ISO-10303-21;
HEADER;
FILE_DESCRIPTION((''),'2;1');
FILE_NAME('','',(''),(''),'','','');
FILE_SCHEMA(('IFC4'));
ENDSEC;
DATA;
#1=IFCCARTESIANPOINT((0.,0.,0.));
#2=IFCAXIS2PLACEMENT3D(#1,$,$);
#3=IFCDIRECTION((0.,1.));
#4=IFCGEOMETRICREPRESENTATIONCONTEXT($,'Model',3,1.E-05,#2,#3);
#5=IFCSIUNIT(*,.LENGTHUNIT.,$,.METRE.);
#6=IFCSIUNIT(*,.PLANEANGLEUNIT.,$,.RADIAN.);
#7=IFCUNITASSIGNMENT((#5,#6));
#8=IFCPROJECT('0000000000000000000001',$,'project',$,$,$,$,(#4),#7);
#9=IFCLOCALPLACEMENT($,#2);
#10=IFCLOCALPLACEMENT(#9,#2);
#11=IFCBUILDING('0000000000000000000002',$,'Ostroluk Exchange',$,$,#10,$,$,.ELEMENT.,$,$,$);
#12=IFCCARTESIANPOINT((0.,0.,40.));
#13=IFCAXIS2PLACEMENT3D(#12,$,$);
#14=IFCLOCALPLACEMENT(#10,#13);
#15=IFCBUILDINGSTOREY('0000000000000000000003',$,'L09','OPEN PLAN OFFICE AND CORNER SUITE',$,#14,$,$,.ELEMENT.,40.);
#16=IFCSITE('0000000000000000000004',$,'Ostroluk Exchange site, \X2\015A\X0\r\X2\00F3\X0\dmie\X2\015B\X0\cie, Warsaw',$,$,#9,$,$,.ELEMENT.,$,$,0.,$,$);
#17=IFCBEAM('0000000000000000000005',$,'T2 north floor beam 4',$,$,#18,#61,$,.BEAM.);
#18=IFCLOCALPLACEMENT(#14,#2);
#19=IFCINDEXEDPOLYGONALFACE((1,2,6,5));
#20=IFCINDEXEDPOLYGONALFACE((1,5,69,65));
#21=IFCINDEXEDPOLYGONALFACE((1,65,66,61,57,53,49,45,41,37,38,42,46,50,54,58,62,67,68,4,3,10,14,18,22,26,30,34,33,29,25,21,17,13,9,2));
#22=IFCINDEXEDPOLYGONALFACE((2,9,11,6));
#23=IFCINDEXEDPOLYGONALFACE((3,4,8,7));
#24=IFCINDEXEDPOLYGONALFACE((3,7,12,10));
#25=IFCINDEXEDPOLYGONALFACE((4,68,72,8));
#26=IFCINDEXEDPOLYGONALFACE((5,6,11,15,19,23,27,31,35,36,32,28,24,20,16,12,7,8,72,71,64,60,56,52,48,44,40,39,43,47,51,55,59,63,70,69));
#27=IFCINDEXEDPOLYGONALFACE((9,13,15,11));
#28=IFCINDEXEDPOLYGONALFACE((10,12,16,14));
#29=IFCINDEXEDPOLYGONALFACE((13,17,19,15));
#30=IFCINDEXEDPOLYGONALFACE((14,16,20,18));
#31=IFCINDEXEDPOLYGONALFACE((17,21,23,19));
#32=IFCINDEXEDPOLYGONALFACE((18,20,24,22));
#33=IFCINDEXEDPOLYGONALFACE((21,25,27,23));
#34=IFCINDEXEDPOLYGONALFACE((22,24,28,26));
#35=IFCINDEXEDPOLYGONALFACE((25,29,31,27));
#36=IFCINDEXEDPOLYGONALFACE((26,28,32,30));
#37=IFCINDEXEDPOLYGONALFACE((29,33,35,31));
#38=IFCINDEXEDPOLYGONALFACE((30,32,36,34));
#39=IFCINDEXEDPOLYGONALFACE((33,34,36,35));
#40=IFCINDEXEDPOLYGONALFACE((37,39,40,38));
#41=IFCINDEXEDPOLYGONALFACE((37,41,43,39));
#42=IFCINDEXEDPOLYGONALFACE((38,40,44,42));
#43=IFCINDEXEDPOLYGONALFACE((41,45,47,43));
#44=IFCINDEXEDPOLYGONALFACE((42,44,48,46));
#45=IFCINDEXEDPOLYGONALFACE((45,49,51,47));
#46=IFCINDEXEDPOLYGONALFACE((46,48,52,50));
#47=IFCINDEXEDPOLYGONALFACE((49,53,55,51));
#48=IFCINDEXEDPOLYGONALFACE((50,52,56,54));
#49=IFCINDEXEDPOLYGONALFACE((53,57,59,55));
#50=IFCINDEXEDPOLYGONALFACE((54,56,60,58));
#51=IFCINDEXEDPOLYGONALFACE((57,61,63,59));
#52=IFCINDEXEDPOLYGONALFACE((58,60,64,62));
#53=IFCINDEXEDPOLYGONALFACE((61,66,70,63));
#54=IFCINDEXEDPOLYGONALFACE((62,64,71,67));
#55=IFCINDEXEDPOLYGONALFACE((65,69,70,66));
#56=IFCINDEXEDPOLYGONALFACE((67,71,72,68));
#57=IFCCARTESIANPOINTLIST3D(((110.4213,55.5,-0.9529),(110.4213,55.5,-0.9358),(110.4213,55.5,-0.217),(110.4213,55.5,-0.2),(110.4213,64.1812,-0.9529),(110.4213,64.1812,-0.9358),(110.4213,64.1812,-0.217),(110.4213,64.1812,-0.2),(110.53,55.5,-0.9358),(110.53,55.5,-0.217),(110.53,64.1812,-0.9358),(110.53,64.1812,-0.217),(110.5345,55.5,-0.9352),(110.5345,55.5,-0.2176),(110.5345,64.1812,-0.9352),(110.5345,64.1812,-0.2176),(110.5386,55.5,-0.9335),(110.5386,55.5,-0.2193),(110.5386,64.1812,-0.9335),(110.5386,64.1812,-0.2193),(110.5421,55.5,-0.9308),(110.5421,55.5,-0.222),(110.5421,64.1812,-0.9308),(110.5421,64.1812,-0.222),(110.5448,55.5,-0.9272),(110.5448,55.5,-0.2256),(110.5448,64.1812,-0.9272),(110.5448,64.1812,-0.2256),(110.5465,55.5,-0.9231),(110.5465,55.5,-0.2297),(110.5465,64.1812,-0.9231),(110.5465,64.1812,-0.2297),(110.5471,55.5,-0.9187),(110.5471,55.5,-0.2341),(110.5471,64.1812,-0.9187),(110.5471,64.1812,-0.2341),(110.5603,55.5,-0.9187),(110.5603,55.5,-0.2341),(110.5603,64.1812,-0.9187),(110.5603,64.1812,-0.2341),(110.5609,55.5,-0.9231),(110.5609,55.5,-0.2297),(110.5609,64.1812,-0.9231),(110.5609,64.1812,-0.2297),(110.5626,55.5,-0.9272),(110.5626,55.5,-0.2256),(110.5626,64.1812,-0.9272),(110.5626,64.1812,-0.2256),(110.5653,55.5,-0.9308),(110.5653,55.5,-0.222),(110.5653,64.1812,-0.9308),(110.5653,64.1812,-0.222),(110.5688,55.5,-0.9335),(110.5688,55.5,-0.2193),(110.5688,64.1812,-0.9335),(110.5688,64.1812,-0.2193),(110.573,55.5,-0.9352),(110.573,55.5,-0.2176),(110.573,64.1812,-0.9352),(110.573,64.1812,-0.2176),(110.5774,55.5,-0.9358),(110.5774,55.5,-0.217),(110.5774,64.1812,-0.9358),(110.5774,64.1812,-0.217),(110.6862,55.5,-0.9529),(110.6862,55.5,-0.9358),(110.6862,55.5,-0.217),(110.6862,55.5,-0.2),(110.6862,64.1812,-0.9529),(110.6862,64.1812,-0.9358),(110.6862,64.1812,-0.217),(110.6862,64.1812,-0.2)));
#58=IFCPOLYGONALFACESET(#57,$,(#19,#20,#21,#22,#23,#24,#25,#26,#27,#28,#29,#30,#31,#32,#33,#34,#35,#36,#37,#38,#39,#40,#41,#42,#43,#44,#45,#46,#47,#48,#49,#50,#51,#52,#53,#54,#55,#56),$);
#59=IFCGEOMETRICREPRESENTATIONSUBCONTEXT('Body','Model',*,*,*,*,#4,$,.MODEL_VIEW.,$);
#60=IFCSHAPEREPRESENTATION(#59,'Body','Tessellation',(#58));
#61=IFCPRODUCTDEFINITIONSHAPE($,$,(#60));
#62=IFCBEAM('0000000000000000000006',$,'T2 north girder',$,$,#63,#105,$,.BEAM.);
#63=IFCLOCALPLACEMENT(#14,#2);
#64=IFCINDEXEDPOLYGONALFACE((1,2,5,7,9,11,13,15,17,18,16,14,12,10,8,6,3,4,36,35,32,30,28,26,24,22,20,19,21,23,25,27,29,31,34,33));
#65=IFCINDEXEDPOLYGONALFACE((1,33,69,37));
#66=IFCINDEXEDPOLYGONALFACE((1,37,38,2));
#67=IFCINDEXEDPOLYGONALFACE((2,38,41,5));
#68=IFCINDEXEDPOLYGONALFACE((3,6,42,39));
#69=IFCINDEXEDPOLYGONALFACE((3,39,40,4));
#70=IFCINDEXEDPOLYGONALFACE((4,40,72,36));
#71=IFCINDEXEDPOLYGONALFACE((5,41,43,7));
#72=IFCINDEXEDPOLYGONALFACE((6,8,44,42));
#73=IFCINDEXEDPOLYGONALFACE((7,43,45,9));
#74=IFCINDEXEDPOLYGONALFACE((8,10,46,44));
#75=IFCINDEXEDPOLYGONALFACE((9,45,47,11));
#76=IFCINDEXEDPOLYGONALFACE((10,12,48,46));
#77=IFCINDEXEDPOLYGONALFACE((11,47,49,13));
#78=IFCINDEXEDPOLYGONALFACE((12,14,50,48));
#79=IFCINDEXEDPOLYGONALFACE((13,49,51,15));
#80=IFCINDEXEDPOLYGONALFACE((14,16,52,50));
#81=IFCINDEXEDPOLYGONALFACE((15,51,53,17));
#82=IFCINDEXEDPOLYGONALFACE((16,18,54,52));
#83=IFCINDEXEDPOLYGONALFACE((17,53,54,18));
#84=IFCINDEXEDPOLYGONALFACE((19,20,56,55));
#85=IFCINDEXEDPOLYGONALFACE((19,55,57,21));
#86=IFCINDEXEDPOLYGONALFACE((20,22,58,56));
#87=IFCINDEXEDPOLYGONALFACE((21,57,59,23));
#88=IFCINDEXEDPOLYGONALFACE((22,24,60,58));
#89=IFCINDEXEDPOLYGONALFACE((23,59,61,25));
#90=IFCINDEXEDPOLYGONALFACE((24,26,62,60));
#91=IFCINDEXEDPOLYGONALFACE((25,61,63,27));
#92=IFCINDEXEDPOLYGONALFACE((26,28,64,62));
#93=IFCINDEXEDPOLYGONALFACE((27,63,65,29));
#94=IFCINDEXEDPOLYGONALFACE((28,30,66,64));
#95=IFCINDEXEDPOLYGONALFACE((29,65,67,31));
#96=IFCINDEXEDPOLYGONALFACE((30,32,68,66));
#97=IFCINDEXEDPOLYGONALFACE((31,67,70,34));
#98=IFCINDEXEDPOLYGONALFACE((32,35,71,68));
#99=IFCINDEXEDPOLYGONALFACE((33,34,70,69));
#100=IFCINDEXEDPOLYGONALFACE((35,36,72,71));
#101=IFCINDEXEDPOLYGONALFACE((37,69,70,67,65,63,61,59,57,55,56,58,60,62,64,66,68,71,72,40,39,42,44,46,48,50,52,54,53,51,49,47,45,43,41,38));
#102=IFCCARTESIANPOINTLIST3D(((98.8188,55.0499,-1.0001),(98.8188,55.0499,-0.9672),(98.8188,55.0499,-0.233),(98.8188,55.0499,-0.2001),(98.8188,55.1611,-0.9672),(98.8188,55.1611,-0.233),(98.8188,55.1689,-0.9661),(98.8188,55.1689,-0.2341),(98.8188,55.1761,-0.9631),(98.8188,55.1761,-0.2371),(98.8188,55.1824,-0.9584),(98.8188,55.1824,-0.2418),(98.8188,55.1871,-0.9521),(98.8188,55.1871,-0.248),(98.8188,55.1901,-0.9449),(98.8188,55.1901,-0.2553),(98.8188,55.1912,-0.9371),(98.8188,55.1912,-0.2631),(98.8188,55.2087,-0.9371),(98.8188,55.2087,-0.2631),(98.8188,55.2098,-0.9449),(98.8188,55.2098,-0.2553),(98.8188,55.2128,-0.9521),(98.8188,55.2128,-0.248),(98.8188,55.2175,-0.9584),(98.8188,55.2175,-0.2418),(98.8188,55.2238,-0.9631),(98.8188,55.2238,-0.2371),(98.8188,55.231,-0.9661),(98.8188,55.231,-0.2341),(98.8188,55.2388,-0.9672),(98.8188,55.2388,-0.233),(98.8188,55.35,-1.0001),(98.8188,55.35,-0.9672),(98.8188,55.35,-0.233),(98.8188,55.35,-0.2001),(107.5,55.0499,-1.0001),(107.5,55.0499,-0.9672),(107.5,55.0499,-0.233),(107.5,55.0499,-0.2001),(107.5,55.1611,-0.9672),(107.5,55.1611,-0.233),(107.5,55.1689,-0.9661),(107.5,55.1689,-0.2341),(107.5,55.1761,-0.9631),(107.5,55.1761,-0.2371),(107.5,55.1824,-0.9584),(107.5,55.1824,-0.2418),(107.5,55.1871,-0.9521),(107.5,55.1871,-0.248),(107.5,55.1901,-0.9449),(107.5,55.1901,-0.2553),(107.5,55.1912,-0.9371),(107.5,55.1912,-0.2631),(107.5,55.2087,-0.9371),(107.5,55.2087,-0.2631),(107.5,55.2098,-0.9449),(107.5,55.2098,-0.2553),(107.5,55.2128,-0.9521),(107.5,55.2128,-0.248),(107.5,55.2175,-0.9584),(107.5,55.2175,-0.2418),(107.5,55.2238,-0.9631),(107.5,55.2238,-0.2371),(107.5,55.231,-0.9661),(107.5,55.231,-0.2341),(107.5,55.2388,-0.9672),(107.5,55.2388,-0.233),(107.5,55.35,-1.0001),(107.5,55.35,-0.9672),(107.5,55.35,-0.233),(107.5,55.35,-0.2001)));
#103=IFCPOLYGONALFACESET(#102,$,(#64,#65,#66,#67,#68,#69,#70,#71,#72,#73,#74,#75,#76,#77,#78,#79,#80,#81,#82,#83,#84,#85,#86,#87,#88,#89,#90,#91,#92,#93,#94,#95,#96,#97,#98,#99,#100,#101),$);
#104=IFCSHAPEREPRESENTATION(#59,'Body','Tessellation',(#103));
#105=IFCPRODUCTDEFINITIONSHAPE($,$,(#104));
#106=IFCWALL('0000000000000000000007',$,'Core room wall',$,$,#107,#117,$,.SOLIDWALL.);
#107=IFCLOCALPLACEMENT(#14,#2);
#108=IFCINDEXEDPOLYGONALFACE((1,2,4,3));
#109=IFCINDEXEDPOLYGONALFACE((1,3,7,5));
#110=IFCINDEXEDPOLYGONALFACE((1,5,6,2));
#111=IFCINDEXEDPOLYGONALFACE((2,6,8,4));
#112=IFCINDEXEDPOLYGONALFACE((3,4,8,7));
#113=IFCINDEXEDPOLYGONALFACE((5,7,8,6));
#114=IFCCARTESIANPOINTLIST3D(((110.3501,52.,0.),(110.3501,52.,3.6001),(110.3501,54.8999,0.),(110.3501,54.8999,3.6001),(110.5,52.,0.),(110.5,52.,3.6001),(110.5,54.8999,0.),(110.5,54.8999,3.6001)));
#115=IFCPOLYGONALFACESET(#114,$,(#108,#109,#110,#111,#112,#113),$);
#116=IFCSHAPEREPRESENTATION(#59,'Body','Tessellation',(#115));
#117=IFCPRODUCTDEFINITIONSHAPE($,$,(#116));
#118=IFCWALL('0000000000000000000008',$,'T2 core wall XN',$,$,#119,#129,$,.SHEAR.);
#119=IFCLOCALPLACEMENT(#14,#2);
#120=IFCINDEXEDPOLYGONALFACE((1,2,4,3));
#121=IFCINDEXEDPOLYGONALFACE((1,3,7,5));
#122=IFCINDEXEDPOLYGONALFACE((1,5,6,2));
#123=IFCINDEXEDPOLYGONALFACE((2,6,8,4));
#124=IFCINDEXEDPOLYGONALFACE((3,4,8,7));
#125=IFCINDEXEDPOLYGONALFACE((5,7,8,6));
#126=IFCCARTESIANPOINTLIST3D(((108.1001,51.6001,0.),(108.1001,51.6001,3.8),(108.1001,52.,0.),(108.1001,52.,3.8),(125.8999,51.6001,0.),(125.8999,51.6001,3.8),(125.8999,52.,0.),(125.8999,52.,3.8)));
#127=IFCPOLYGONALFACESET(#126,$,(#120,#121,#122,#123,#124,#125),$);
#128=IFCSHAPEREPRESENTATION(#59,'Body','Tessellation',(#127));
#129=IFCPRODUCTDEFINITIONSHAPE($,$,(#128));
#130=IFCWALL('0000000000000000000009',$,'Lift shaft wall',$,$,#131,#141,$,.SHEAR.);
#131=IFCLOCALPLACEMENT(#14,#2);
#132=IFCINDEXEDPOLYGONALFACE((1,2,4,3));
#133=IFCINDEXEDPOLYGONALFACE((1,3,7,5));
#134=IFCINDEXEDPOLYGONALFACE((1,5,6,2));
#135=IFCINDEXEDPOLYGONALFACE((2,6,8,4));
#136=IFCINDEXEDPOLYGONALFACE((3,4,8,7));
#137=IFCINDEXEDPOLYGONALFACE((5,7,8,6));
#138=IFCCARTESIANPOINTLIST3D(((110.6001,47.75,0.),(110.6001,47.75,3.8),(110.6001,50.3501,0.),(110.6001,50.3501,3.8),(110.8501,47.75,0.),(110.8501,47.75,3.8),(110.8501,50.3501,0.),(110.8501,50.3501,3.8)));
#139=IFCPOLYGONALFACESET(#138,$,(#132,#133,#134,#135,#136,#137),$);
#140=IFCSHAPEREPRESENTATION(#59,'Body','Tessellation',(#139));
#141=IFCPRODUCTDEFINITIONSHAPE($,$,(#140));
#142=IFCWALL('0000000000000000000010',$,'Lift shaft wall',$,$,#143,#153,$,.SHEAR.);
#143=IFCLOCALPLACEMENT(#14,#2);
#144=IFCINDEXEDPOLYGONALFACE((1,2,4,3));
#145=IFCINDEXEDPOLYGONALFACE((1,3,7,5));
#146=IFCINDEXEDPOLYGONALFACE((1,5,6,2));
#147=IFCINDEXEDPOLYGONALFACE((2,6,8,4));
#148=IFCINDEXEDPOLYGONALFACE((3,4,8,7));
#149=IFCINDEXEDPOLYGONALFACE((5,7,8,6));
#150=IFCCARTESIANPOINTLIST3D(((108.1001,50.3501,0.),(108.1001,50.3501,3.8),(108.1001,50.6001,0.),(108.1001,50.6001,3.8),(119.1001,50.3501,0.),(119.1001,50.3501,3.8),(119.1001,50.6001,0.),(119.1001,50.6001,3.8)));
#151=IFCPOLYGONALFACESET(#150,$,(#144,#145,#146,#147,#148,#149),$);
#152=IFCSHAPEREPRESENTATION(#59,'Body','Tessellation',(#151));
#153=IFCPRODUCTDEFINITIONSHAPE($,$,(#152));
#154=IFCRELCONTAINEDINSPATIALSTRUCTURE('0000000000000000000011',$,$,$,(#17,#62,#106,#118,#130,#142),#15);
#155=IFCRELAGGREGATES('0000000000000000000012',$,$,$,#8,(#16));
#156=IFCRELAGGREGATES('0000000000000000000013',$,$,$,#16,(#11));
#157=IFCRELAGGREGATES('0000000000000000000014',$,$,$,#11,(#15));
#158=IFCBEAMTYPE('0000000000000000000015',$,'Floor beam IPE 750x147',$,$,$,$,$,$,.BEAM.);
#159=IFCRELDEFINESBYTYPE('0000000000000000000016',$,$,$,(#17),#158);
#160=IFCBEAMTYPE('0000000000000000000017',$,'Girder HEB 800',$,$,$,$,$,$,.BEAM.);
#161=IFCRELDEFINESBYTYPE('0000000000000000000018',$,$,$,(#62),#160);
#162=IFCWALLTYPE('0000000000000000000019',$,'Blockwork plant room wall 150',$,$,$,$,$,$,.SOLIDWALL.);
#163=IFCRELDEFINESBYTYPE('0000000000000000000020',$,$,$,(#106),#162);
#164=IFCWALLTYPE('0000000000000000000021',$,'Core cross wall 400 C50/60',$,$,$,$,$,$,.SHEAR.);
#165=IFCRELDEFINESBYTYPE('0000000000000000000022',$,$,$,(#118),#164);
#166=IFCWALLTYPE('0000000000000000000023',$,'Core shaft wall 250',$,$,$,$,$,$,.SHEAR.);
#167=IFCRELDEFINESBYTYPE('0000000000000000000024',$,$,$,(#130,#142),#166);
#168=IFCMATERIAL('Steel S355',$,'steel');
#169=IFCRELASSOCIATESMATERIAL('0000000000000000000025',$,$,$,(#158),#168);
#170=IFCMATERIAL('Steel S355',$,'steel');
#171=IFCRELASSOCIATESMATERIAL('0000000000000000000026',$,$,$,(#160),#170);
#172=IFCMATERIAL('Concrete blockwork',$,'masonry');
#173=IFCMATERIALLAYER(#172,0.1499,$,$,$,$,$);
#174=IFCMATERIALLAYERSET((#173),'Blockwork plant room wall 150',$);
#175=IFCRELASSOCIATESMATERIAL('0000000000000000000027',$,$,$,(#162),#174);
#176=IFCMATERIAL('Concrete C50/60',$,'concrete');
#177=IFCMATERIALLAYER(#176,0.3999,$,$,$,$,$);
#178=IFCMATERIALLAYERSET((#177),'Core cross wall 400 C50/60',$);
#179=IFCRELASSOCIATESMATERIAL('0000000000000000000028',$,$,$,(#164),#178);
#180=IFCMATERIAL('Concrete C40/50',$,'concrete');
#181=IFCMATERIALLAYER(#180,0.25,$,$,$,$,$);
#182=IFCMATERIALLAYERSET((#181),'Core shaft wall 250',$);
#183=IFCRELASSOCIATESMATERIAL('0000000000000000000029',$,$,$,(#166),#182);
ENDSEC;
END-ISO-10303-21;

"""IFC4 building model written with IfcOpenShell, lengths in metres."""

from ifc_helpers import new_model, si_unit, direction, frame, frame_2d, origin, origin_2d, place, context, subcontext, project, spatial, rectangle, i_section, extrude, material, layer, layer_set, material_profile, profile_set, type_object, element, save


model = new_model("IFC4")

# Units and contexts
model_context = context("Model", 3, precision=1e-05, world=origin(), true_north=direction((0.0, 1.0)))
body_context = subcontext(model_context, "Body", "Model", "MODEL_VIEW")
ifc_project = project(units=[si_unit("LENGTHUNIT", "METRE"), si_unit("PLANEANGLEUNIT", "RADIAN")], contexts=[model_context])

# Site, building, storey
site_placement = place(None, origin())
site = spatial("IfcSite", under=ifc_project, at=site_placement, Name="Ostroluk Exchange site, Śródmieście, Warsaw", CompositionType="ELEMENT", RefElevation=0.0)
building_placement = place(site_placement, origin())
building = spatial("IfcBuilding", under=site, at=building_placement, Name="Ostroluk Exchange", CompositionType="ELEMENT")
storey_placement = place(building_placement, frame((0.0, 0.0, 40.0)))
storey = spatial("IfcBuildingStorey", under=building, at=storey_placement, Name="L09", Description="OPEN PLAN OFFICE AND CORNER SUITE", CompositionType="ELEMENT", Elevation=40.0)

# Beams
ifc_material_1 = material(Name="Steel S355", Category="steel")
ifc_material_profile_1 = material_profile(ifc_material_1, i_section(OverallWidth=0.2649, OverallDepth=0.7529, WebThickness=0.0132, FlangeThickness=0.0171, FilletRadius=0.0171, at=origin_2d()), Name="IPE 750x147")
ifc_profile_set_1 = profile_set([ifc_material_profile_1], Name="Steel S355")
beam_type_1 = type_object("IfcBeamType", Name="Floor beam IPE 750x147", PredefinedType="BEAM", material=ifc_profile_set_1)
beam_1_placement = place(storey_placement, frame((110.5537, 55.5, -0.5764), z_axis=(0.0, 1.0, 0.0), x_axis=(-1.0, 0.0, 0.0)))
element("IfcBeam", 1, at=beam_1_placement, inside=storey, type_object=beam_type_1, Name="T2 north floor beam 4", PredefinedType="BEAM", context=body_context, shape_type="SweptSolid", body=[
    extrude(i_section(OverallWidth=0.2649, OverallDepth=0.7529, WebThickness=0.0132, FlangeThickness=0.0171, FilletRadius=0.0171, at=origin_2d()), origin(), (0.0, 0.0, 1.0), 8.6812),
])
ifc_material_2 = material(Name="Steel S355", Category="steel")
ifc_material_profile_2 = material_profile(ifc_material_2, i_section(OverallWidth=0.3, OverallDepth=0.8, WebThickness=0.0176, FlangeThickness=0.033, FilletRadius=0.03, at=origin_2d()), Name="HEB 800")
ifc_profile_set_2 = profile_set([ifc_material_profile_2], Name="Steel S355")
beam_type_2 = type_object("IfcBeamType", Name="Girder HEB 800", PredefinedType="BEAM", material=ifc_profile_set_2)
beam_2_placement = place(storey_placement, frame((107.5, 55.2, -0.6001), z_axis=(-1.0, 0.0, 0.0), x_axis=(0.0, -1.0, 0.0)))
element("IfcBeam", 2, at=beam_2_placement, inside=storey, type_object=beam_type_2, Name="T2 north girder", PredefinedType="BEAM", context=body_context, shape_type="SweptSolid", body=[
    extrude(i_section(OverallWidth=0.3, OverallDepth=0.8, WebThickness=0.0176, FlangeThickness=0.033, FilletRadius=0.03, at=origin_2d()), origin(), (0.0, 0.0, 1.0), 8.6812),
])

# Walls
ifc_material_3 = material(Name="Concrete blockwork", Category="masonry")
ifc_layer_1 = layer(ifc_material_3, 0.1499)
ifc_layer_set_1 = layer_set([ifc_layer_1], Name="Blockwork plant room wall 150")
wall_type_1 = type_object("IfcWallType", Name="Blockwork plant room wall 150", PredefinedType="SOLIDWALL", material=ifc_layer_set_1)
wall_1_placement = place(storey_placement, frame((110.425, 52.0, 0.0), z_axis=(0.0, 0.0, 1.0), x_axis=(0.0, 1.0, 0.0)))
element("IfcWall", 3, at=wall_1_placement, inside=storey, type_object=wall_type_1, Name="Core room wall", PredefinedType="SOLIDWALL", context=body_context, shape_type="SweptSolid", body=[
    extrude(rectangle(XDim=2.8999, YDim=0.1499, at=frame_2d((1.45, 0.0))), origin(), (0.0, 0.0, 1.0), 3.6001),
])
ifc_material_4 = material(Name="Concrete C50/60", Category="concrete")
ifc_layer_2 = layer(ifc_material_4, 0.3999)
ifc_layer_set_2 = layer_set([ifc_layer_2], Name="Core cross wall 400 C50/60")
wall_type_2 = type_object("IfcWallType", Name="Core cross wall 400 C50/60", PredefinedType="SHEAR", material=ifc_layer_set_2)
wall_2_placement = place(storey_placement, frame((108.1001, 51.8, 0.0), z_axis=(0.0, 0.0, 1.0), x_axis=(1.0, 0.0, 0.0)))
element("IfcWall", 4, at=wall_2_placement, inside=storey, type_object=wall_type_2, Name="T2 core wall XN", PredefinedType="SHEAR", context=body_context, shape_type="SweptSolid", body=[
    extrude(rectangle(XDim=17.7998, YDim=0.3999, at=frame_2d((8.8999, 0.0))), origin(), (0.0, 0.0, 1.0), 3.8),
])
ifc_material_5 = material(Name="Concrete C40/50", Category="concrete")
ifc_layer_3 = layer(ifc_material_5, 0.25)
ifc_layer_set_3 = layer_set([ifc_layer_3], Name="Core shaft wall 250")
wall_type_3 = type_object("IfcWallType", Name="Core shaft wall 250", PredefinedType="SHEAR", material=ifc_layer_set_3)
wall_3_placement = place(storey_placement, frame((110.7251, 47.75, 0.0), z_axis=(0.0, 0.0, 1.0), x_axis=(0.0, 1.0, 0.0)))
element("IfcWall", 5, at=wall_3_placement, inside=storey, type_object=wall_type_3, Name="Lift shaft wall", PredefinedType="SHEAR", context=body_context, shape_type="SweptSolid", body=[
    extrude(rectangle(XDim=2.6001, YDim=0.25, at=frame_2d((1.3, 0.0))), origin(), (0.0, 0.0, 1.0), 3.8),
])
wall_4_placement = place(storey_placement, frame((108.1001, 50.4751, 0.0), z_axis=(0.0, 0.0, 1.0), x_axis=(1.0, 0.0, 0.0)))
element("IfcWall", 6, at=wall_4_placement, inside=storey, type_object=wall_type_3, Name="Lift shaft wall", PredefinedType="SHEAR", context=body_context, shape_type="SweptSolid", body=[
    extrude(rectangle(XDim=11.0, YDim=0.25, at=frame_2d((5.5, 0.0))), origin(), (0.0, 0.0, 1.0), 3.8),
])

save(model, "model.ifc")
